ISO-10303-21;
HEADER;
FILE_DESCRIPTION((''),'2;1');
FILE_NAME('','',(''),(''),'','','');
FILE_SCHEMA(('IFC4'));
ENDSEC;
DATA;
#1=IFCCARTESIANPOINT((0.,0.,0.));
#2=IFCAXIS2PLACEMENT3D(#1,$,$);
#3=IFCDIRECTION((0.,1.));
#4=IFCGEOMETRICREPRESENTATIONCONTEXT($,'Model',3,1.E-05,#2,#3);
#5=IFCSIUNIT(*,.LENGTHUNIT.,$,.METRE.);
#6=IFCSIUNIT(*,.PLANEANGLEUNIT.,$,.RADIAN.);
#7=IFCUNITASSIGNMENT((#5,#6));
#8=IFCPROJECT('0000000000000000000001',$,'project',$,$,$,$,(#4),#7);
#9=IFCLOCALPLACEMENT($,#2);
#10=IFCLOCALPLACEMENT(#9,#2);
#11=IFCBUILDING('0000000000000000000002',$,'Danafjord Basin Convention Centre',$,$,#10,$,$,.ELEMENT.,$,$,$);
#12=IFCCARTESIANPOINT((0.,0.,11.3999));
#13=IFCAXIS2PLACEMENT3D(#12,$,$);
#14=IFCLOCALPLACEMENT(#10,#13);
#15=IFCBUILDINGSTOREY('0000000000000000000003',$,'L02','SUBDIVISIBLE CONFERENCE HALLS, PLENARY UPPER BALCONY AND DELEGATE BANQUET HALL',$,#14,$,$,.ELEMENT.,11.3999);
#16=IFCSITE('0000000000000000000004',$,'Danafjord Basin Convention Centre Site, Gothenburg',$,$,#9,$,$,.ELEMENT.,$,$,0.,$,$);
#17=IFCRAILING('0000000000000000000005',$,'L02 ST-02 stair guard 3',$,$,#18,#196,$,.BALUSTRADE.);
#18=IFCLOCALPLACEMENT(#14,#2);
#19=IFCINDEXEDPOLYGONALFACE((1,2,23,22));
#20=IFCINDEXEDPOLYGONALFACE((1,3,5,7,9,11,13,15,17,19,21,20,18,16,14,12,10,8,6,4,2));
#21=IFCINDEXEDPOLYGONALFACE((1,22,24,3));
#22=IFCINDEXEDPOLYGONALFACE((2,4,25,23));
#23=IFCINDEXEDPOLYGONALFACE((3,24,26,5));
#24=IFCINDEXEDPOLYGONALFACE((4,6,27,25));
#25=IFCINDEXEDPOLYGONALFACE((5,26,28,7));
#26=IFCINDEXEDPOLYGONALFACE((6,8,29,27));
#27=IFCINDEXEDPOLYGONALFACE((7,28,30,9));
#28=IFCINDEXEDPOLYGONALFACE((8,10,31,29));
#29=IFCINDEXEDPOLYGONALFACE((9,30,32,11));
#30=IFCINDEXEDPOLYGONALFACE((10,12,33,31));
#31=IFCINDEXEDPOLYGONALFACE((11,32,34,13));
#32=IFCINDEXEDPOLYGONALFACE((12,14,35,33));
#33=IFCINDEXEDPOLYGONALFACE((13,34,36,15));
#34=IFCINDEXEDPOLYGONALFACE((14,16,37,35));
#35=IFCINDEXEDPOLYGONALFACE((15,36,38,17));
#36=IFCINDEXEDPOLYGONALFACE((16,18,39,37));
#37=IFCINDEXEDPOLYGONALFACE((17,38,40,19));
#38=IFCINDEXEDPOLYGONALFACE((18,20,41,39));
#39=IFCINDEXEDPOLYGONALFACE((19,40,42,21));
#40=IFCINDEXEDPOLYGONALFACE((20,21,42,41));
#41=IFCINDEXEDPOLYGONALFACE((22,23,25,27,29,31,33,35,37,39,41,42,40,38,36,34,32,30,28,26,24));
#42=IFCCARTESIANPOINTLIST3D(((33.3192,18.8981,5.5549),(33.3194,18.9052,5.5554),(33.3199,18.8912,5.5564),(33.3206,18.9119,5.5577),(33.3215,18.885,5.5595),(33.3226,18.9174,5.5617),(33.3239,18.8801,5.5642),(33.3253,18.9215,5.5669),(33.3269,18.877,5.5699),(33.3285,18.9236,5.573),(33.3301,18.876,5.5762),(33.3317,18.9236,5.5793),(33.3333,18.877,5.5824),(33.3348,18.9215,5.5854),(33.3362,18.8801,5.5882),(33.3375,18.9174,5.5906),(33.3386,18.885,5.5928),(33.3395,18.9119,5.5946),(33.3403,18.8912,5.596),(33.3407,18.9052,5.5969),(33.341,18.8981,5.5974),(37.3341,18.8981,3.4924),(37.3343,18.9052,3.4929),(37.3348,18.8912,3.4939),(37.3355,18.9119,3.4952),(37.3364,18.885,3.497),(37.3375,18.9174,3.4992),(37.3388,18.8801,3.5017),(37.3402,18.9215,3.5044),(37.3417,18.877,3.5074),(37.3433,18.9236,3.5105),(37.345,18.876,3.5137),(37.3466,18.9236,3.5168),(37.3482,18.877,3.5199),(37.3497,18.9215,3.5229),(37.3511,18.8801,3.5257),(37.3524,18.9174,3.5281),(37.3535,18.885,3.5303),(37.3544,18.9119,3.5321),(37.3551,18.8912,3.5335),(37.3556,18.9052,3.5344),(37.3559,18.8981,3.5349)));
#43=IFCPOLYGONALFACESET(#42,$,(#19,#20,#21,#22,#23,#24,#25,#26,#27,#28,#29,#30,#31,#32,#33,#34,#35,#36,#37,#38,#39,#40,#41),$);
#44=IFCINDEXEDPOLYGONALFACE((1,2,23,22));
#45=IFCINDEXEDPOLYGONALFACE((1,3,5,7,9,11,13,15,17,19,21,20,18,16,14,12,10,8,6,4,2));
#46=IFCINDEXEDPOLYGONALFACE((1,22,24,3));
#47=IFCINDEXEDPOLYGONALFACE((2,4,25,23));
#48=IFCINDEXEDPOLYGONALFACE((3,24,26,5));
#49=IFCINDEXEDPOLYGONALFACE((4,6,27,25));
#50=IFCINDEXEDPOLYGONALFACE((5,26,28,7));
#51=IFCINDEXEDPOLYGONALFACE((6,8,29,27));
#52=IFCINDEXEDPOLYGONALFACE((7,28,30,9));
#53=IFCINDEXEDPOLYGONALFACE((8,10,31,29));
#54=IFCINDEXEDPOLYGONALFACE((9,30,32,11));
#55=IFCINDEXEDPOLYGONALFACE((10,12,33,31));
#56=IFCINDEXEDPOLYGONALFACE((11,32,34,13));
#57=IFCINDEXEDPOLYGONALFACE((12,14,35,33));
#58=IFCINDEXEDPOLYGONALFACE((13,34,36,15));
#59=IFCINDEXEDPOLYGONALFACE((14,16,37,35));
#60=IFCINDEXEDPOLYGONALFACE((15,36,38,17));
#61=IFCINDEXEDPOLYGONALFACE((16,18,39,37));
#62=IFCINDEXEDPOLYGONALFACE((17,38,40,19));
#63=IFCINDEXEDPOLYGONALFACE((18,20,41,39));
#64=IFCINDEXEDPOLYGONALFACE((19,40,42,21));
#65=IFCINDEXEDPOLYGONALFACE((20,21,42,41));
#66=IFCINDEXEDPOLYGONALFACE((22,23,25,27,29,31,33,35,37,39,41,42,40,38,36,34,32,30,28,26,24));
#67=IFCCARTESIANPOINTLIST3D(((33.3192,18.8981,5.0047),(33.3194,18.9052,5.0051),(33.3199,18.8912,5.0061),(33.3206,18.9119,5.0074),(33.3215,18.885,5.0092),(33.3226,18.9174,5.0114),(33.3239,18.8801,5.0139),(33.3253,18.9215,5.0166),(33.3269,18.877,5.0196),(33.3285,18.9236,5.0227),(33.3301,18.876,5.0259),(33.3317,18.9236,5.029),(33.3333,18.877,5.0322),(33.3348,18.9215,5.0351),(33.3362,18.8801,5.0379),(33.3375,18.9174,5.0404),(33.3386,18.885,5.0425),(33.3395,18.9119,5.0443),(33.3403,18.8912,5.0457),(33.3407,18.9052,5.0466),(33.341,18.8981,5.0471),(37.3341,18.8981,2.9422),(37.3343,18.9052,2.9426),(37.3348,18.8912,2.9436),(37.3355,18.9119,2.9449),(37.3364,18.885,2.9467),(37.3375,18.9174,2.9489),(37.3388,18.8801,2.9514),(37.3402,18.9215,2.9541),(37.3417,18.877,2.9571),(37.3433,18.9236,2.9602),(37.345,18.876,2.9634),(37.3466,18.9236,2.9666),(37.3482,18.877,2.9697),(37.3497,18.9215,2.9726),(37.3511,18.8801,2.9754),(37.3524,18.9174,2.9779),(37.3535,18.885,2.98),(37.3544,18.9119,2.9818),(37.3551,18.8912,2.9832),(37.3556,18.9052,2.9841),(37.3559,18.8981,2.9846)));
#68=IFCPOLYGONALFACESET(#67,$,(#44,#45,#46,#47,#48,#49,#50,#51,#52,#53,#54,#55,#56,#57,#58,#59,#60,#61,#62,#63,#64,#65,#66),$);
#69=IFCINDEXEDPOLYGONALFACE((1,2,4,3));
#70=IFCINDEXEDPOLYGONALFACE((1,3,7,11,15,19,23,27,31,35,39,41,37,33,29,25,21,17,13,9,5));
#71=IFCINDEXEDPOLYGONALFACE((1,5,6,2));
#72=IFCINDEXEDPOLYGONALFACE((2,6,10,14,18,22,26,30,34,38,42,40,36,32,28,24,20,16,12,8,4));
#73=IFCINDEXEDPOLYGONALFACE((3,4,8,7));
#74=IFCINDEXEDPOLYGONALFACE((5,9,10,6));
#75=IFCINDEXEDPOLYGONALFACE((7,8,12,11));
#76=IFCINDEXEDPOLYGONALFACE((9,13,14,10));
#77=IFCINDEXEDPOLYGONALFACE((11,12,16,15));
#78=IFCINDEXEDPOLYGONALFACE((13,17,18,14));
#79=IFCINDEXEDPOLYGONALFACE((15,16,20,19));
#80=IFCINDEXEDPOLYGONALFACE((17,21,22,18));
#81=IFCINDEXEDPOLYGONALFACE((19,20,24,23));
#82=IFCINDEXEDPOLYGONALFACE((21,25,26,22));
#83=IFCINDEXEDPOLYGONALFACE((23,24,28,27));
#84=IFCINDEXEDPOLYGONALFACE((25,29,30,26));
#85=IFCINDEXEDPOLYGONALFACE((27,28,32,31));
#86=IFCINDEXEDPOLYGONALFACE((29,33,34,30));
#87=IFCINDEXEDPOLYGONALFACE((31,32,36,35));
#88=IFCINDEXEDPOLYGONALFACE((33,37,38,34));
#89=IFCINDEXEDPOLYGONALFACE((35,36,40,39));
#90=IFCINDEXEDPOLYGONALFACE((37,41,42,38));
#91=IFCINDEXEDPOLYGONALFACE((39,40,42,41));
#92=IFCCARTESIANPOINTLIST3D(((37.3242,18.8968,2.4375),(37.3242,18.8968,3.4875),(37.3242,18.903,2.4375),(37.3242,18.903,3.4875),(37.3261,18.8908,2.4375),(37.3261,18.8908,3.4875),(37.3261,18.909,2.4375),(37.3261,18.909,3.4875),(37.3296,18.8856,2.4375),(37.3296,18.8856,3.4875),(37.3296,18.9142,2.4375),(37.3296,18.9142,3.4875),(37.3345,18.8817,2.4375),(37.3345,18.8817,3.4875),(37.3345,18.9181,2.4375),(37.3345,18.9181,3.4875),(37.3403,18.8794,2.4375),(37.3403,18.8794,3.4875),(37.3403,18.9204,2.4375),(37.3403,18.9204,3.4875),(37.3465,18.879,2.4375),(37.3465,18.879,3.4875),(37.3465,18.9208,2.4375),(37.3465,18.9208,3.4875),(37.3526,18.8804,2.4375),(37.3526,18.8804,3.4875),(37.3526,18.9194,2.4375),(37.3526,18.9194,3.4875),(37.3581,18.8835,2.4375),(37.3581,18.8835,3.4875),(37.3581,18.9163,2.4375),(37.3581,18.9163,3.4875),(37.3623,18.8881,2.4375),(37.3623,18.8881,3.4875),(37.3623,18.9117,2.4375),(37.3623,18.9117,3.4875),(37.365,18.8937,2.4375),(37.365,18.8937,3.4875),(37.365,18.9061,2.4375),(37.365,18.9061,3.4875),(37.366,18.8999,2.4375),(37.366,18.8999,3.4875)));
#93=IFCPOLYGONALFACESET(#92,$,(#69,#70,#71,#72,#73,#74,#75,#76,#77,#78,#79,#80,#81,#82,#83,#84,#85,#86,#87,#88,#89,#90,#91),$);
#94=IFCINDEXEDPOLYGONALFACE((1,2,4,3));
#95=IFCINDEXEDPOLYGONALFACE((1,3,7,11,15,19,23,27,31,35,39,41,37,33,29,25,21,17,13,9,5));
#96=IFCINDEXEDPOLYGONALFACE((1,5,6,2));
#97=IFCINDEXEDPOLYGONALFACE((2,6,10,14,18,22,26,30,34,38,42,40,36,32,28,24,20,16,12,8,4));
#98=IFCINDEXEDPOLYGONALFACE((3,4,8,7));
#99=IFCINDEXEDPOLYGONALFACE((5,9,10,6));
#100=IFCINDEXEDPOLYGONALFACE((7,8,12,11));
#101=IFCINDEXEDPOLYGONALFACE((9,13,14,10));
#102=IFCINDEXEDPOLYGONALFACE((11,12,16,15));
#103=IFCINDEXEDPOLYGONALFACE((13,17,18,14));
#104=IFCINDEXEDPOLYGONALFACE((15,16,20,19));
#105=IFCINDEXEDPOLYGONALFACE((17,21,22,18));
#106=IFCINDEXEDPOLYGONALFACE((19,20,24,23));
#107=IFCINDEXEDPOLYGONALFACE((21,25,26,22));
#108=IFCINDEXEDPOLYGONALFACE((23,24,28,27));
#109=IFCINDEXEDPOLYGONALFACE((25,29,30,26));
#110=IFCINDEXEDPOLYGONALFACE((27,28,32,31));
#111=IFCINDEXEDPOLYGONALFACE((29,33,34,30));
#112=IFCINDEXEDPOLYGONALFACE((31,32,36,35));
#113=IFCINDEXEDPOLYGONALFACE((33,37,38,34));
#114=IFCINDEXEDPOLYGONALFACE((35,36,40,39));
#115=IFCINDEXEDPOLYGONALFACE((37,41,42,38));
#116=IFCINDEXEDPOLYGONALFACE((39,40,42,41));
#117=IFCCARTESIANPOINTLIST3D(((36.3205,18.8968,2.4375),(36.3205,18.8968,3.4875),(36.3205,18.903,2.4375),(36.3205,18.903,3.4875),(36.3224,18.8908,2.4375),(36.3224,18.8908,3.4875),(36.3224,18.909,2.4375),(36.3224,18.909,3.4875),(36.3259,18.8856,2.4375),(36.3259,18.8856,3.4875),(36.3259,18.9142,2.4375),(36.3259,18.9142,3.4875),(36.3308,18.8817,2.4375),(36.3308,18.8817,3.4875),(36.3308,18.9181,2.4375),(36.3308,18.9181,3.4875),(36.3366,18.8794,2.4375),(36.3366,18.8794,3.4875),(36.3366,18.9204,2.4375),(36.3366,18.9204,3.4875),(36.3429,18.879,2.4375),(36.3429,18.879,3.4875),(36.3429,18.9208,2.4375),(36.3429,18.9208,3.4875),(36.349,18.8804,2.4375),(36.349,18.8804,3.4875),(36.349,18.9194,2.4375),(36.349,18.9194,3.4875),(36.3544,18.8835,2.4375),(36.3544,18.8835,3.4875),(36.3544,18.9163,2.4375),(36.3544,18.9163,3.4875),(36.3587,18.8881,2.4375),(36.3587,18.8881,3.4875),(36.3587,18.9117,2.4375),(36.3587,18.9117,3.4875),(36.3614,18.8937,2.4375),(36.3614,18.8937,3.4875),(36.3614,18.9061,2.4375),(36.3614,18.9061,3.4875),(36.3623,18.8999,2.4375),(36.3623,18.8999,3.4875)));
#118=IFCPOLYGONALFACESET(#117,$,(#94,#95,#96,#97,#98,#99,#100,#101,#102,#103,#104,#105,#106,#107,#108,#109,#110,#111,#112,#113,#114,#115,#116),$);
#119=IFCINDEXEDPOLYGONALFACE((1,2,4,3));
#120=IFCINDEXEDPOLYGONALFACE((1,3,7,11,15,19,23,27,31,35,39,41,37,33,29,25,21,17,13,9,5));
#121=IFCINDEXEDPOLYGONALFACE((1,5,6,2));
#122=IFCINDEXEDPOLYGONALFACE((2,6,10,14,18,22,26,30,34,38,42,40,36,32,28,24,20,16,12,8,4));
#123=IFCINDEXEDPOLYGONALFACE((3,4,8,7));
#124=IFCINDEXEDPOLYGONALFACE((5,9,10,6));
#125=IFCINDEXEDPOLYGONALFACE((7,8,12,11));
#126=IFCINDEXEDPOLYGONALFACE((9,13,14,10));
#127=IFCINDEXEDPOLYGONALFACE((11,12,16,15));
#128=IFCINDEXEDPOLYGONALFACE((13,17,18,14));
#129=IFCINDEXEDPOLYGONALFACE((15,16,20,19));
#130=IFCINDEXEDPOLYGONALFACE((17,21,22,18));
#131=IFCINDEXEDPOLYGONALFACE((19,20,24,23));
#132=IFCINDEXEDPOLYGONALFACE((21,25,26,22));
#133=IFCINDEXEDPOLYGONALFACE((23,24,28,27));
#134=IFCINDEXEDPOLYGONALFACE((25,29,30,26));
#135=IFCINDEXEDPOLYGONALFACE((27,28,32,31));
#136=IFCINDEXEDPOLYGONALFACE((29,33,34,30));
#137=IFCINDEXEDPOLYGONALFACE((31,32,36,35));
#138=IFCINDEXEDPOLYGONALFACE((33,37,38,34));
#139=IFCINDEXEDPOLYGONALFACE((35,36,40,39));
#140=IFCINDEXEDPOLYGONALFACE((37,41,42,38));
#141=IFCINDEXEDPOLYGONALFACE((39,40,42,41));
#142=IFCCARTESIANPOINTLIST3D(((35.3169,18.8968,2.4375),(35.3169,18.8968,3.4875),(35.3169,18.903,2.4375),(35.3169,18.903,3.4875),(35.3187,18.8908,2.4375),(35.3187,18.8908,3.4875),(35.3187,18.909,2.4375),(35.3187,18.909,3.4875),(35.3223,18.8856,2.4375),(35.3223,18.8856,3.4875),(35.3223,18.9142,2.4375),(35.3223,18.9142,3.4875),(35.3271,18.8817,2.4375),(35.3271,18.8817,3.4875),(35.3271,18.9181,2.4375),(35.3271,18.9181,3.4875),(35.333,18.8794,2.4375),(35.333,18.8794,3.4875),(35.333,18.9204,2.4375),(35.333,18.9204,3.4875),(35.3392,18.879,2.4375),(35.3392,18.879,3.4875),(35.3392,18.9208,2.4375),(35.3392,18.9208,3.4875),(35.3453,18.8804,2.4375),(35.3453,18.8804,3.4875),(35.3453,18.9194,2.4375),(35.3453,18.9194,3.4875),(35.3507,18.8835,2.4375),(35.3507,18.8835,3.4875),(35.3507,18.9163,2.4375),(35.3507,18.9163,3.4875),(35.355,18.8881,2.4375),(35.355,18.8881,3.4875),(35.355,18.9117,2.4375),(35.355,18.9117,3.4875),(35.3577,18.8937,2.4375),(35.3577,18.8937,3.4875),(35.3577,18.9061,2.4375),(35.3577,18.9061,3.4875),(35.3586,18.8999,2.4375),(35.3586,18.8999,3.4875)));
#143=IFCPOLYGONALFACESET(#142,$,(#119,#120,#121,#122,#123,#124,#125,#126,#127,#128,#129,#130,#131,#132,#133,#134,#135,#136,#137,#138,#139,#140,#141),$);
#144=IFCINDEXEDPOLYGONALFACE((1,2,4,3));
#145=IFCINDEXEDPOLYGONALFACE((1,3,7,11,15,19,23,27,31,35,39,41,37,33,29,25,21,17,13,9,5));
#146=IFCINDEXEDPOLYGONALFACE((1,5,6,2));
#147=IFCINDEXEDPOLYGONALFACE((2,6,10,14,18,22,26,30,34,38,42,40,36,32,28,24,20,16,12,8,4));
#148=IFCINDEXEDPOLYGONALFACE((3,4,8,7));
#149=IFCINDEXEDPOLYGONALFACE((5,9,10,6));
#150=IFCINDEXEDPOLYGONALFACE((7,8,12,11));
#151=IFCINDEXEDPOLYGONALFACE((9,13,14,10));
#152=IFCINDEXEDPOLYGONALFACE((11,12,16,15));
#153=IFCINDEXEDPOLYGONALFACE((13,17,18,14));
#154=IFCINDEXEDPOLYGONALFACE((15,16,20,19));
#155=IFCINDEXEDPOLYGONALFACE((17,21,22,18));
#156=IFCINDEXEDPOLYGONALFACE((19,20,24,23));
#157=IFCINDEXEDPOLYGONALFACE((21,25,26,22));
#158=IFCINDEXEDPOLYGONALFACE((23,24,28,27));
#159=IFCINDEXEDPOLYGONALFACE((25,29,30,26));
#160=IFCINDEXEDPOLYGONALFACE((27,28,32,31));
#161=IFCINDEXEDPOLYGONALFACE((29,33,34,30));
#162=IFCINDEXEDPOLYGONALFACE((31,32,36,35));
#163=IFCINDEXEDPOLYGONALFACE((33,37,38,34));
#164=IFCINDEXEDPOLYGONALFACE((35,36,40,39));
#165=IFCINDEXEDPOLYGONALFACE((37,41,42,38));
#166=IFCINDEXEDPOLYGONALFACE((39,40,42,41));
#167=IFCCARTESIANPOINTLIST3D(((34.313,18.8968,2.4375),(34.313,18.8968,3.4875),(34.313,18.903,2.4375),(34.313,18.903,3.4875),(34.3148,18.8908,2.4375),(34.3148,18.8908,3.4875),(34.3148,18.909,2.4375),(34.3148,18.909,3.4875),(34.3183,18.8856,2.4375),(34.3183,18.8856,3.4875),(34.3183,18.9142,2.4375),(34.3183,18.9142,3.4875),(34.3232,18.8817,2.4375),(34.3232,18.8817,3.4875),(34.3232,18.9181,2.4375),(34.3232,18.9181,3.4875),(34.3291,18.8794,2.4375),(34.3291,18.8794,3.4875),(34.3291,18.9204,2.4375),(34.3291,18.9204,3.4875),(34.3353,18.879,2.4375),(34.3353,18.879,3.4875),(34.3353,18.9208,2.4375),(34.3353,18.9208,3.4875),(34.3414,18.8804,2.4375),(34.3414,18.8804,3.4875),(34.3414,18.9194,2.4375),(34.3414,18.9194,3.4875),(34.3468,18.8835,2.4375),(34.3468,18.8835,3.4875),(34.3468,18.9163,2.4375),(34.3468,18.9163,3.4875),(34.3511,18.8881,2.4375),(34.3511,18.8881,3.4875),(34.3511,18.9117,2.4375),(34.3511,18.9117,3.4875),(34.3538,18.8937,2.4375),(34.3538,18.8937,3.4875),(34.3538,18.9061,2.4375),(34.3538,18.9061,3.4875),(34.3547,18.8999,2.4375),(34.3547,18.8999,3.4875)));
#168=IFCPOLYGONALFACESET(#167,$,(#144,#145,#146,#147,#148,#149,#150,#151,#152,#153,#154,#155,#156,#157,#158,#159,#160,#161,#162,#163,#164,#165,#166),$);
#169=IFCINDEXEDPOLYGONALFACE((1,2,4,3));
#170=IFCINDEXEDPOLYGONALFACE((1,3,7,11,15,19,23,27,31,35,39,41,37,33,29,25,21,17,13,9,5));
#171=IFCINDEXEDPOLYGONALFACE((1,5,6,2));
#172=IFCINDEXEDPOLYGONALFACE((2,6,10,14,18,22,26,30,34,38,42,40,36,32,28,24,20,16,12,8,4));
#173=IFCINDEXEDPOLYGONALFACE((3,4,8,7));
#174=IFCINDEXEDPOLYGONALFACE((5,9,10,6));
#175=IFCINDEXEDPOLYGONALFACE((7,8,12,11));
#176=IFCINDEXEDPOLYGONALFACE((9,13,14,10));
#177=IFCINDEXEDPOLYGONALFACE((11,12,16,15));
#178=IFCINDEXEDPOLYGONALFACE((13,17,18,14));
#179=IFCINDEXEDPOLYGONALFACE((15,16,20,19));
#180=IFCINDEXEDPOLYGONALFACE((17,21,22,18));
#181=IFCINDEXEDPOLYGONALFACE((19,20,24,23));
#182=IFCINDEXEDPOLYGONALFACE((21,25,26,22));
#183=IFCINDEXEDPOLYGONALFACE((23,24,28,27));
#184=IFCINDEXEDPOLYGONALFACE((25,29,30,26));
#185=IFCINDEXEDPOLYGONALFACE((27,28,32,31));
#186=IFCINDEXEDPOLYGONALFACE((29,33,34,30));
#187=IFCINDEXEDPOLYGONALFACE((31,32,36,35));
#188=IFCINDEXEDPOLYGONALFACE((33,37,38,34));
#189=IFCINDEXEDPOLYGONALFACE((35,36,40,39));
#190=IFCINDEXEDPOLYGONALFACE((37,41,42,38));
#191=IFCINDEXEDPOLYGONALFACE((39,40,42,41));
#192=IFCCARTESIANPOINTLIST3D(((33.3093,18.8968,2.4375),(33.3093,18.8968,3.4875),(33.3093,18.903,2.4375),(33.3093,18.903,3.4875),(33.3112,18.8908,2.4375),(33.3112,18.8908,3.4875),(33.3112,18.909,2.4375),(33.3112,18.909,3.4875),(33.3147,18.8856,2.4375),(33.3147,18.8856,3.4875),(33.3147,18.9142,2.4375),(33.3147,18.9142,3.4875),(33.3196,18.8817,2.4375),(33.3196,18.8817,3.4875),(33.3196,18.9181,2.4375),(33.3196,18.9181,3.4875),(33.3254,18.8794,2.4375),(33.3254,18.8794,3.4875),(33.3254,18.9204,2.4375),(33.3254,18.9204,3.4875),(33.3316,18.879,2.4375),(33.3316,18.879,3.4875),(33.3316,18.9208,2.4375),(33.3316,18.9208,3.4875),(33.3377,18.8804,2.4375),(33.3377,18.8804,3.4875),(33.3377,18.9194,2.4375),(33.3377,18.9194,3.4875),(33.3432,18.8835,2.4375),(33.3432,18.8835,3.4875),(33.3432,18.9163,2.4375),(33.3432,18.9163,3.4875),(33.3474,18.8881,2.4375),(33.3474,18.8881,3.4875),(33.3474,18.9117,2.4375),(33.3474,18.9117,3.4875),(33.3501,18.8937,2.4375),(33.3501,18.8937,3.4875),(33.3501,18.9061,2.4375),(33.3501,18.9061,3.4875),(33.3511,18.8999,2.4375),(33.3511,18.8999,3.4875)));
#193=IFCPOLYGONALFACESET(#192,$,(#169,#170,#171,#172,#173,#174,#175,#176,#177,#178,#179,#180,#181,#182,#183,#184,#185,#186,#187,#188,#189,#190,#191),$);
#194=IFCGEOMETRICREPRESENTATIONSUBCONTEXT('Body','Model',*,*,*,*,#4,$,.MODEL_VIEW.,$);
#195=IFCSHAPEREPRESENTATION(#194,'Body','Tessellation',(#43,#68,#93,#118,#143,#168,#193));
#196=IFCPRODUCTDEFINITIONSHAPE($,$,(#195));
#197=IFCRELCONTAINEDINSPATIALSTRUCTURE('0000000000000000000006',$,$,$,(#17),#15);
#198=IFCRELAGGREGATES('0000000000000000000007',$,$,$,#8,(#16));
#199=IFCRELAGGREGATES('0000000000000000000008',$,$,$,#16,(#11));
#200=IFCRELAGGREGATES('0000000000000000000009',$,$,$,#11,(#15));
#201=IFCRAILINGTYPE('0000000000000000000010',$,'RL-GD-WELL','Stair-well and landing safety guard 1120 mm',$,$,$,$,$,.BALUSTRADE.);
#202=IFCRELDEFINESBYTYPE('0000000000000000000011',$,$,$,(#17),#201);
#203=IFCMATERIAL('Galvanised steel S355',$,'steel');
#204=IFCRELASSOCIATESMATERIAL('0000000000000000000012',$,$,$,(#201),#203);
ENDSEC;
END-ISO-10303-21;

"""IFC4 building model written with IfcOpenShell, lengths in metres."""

from ifc_helpers import new_model, si_unit, direction, frame, origin, origin_2d, place, context, subcontext, project, spatial, circle, extrude, material, type_object, element, save


model = new_model("IFC4")

# Units and contexts
model_context = context("Model", 3, precision=1e-05, world=origin(), true_north=direction((0.0, 1.0)))
body_context = subcontext(model_context, "Body", "Model", "MODEL_VIEW")
ifc_project = project(units=[si_unit("LENGTHUNIT", "METRE"), si_unit("PLANEANGLEUNIT", "RADIAN")], contexts=[model_context])

# Site, building, storey
site_placement = place(None, origin())
site = spatial("IfcSite", under=ifc_project, at=site_placement, Name="Danafjord Basin Convention Centre Site, Gothenburg", CompositionType="ELEMENT", RefElevation=0.0)
building_placement = place(site_placement, origin())
building = spatial("IfcBuilding", under=site, at=building_placement, Name="Danafjord Basin Convention Centre", CompositionType="ELEMENT")
storey_placement = place(building_placement, frame((0.0, 0.0, 11.3999)))
storey = spatial("IfcBuildingStorey", under=building, at=storey_placement, Name="L02", Description="SUBDIVISIBLE CONFERENCE HALLS, PLENARY UPPER BALCONY AND DELEGATE BANQUET HALL", CompositionType="ELEMENT", Elevation=11.3999)

# Railing
ifc_material_1 = material(Name="Galvanised steel S355", Category="steel")
railing_type_1 = type_object("IfcRailingType", Name="RL-GD-WELL", Description="Stair-well and landing safety guard 1120 mm", PredefinedType="BALUSTRADE", material=ifc_material_1)
railing_1_placement = place(storey_placement, frame((37.345, 18.8999, 2.4375)))
element("IfcRailing", 1, at=railing_1_placement, inside=storey, type_object=railing_type_1, Name="L02 ST-02 stair guard 3", PredefinedType="BALUSTRADE", context=body_context, shape_type="SweptSolid", body=[
    extrude(circle(Radius=0.0239, at=origin_2d()), frame((0.0, 0.0, 1.0762), z_axis=(-0.889495, 0.0, 0.456945), x_axis=(0.0, -1.0, 0.0)), (0.0, 0.0, 1.0), 4.5137),
    extrude(circle(Radius=0.0239, at=origin_2d()), frame((0.0, 0.0, 0.5259), z_axis=(-0.889495, 0.0, 0.456945), x_axis=(0.0, -1.0, 0.0)), (0.0, 0.0, 1.0), 4.5137),
    extrude(circle(Radius=0.021, at=origin_2d()), origin(), (0.0, 0.0, 1.0), 1.05),
    extrude(circle(Radius=0.021, at=origin_2d()), frame((-1.0037, 0.0, 0.0)), (0.0, 0.0, 1.0), 1.05),
    extrude(circle(Radius=0.021, at=origin_2d()), frame((-2.0073, 0.0, 0.0)), (0.0, 0.0, 1.0), 1.05),
    extrude(circle(Radius=0.021, at=origin_2d()), frame((-3.0112, 0.0, 0.0)), (0.0, 0.0, 1.0), 1.05),
    extrude(circle(Radius=0.021, at=origin_2d()), frame((-4.0149, 0.0, 0.0)), (0.0, 0.0, 1.0), 1.05),
])

save(model, "model.ifc")
